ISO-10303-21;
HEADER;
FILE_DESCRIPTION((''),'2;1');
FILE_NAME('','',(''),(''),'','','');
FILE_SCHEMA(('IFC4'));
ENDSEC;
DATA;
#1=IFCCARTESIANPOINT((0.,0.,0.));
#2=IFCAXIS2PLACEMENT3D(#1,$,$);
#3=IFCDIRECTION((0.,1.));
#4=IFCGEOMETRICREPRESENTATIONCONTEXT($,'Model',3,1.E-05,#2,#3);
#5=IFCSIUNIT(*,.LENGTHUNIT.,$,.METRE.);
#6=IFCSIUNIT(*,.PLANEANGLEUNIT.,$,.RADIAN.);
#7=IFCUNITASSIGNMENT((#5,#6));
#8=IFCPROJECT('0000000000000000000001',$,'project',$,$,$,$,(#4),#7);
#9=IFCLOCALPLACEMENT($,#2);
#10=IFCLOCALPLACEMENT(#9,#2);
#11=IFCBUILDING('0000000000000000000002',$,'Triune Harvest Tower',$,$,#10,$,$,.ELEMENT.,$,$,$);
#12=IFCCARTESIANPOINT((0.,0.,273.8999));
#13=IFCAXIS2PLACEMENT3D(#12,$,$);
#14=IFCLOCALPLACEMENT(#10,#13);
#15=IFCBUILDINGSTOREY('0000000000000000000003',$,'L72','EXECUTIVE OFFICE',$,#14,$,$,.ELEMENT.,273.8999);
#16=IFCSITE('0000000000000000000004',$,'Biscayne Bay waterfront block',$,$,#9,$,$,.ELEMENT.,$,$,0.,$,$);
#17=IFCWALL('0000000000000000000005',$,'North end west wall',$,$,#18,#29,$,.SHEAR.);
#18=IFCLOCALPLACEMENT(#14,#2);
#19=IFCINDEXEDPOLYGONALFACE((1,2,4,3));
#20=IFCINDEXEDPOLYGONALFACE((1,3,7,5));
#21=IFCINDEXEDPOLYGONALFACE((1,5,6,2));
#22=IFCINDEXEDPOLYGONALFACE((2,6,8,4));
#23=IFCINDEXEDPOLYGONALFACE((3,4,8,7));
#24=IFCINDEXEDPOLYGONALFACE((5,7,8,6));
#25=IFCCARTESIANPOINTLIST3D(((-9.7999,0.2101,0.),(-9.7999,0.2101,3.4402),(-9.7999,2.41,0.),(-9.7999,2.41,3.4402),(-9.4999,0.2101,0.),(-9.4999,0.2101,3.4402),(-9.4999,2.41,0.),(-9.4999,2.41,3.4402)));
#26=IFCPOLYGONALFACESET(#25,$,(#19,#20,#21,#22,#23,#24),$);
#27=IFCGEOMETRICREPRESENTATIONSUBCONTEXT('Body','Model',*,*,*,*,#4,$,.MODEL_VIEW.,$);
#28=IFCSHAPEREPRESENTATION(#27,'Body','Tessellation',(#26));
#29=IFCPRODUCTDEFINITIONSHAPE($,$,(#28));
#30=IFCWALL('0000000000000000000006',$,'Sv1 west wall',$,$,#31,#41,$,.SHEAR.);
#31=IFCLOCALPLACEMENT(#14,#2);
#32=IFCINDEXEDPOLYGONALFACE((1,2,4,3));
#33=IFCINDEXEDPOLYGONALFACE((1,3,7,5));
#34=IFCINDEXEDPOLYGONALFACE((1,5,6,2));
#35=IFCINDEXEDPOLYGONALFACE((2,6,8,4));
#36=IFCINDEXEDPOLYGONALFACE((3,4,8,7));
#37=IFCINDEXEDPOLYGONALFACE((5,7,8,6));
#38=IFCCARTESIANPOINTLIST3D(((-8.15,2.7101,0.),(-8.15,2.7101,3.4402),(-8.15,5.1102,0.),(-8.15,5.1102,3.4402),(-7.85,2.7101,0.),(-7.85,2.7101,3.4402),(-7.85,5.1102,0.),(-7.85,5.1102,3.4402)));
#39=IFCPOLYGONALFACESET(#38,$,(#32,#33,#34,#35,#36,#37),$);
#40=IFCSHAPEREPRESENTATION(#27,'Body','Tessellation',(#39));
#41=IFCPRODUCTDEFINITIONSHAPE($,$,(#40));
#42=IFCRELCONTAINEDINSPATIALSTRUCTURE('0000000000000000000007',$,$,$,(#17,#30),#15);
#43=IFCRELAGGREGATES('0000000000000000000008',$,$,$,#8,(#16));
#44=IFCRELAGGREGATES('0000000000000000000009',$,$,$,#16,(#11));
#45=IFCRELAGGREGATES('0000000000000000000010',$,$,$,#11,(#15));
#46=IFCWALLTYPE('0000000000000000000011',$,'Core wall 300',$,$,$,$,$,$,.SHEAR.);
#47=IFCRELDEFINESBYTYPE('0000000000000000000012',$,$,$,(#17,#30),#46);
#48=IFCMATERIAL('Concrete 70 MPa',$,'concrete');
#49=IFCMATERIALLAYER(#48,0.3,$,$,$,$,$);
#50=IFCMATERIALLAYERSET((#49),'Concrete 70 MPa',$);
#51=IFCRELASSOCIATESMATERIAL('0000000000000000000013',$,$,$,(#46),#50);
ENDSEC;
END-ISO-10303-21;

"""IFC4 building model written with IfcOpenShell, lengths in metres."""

from ifc_helpers import new_model, si_unit, direction, frame, frame_2d, origin, place, context, subcontext, project, spatial, rectangle, extrude, source, transform, mapped, material, layer, layer_set, type_object, element, save


model = new_model("IFC4")

# Units and contexts
model_context = context("Model", 3, precision=1e-05, world=origin(), true_north=direction((0.0, 1.0)))
body_context = subcontext(model_context, "Body", "Model", "MODEL_VIEW")
ifc_project = project(units=[si_unit("LENGTHUNIT", "METRE"), si_unit("PLANEANGLEUNIT", "RADIAN")], contexts=[model_context])

# Site, building, storey
site_placement = place(None, origin())
site = spatial("IfcSite", under=ifc_project, at=site_placement, Name="Biscayne Bay waterfront block", CompositionType="ELEMENT", RefElevation=0.0)
building_placement = place(site_placement, origin())
building = spatial("IfcBuilding", under=site, at=building_placement, Name="Triune Harvest Tower", CompositionType="ELEMENT")
storey_placement = place(building_placement, frame((0.0, 0.0, 273.8999)))
storey = spatial("IfcBuildingStorey", under=building, at=storey_placement, Name="L72", Description="EXECUTIVE OFFICE", CompositionType="ELEMENT", Elevation=273.8999)

# Shared definitions
ifc_material_1 = material(Name="Concrete 70 MPa", Category="concrete")
ifc_layer_1 = layer(ifc_material_1, 0.3)
ifc_layer_set_1 = layer_set([ifc_layer_1], Name="Concrete 70 MPa")
wall_type_1 = type_object("IfcWallType", Name="Core wall 300", PredefinedType="SHEAR", material=ifc_layer_set_1)

# Walls
shared_shape_1 = source(origin(), body_context, "Body", "SweptSolid", [
    extrude(rectangle(XDim=2.2, YDim=0.3, at=frame_2d((1.1001, 0.0))), origin(), (0.0, 0.0, 1.0), 3.4402),
])
wall_1_placement = place(storey_placement, frame((-9.6499, 0.21, 0.0), z_axis=(0.0, 0.0, 1.0), x_axis=(0.0, 1.0, 0.0)))
element("IfcWall", 1, at=wall_1_placement, inside=storey, type_object=wall_type_1, Name="North end west wall", PredefinedType="SHEAR", context=body_context, shape_type="MappedRepresentation", body=[
    mapped(shared_shape_1, transform((0.0, 0.0, 0.0), scale=1.0)),
])
shared_shape_2 = source(origin(), body_context, "Body", "SweptSolid", [
    extrude(rectangle(XDim=2.4001, YDim=0.3, at=frame_2d((1.2002, 0.0))), origin(), (0.0, 0.0, 1.0), 3.4402),
])
wall_2_placement = place(storey_placement, frame((-8.0, 2.71, 0.0), z_axis=(0.0, 0.0, 1.0), x_axis=(0.0, 1.0, 0.0)))
element("IfcWall", 2, at=wall_2_placement, inside=storey, type_object=wall_type_1, Name="Sv1 west wall", PredefinedType="SHEAR", context=body_context, shape_type="MappedRepresentation", body=[
    mapped(shared_shape_2, transform((0.0, 0.0, 0.0), scale=1.0)),
])

save(model, "model.ifc")
